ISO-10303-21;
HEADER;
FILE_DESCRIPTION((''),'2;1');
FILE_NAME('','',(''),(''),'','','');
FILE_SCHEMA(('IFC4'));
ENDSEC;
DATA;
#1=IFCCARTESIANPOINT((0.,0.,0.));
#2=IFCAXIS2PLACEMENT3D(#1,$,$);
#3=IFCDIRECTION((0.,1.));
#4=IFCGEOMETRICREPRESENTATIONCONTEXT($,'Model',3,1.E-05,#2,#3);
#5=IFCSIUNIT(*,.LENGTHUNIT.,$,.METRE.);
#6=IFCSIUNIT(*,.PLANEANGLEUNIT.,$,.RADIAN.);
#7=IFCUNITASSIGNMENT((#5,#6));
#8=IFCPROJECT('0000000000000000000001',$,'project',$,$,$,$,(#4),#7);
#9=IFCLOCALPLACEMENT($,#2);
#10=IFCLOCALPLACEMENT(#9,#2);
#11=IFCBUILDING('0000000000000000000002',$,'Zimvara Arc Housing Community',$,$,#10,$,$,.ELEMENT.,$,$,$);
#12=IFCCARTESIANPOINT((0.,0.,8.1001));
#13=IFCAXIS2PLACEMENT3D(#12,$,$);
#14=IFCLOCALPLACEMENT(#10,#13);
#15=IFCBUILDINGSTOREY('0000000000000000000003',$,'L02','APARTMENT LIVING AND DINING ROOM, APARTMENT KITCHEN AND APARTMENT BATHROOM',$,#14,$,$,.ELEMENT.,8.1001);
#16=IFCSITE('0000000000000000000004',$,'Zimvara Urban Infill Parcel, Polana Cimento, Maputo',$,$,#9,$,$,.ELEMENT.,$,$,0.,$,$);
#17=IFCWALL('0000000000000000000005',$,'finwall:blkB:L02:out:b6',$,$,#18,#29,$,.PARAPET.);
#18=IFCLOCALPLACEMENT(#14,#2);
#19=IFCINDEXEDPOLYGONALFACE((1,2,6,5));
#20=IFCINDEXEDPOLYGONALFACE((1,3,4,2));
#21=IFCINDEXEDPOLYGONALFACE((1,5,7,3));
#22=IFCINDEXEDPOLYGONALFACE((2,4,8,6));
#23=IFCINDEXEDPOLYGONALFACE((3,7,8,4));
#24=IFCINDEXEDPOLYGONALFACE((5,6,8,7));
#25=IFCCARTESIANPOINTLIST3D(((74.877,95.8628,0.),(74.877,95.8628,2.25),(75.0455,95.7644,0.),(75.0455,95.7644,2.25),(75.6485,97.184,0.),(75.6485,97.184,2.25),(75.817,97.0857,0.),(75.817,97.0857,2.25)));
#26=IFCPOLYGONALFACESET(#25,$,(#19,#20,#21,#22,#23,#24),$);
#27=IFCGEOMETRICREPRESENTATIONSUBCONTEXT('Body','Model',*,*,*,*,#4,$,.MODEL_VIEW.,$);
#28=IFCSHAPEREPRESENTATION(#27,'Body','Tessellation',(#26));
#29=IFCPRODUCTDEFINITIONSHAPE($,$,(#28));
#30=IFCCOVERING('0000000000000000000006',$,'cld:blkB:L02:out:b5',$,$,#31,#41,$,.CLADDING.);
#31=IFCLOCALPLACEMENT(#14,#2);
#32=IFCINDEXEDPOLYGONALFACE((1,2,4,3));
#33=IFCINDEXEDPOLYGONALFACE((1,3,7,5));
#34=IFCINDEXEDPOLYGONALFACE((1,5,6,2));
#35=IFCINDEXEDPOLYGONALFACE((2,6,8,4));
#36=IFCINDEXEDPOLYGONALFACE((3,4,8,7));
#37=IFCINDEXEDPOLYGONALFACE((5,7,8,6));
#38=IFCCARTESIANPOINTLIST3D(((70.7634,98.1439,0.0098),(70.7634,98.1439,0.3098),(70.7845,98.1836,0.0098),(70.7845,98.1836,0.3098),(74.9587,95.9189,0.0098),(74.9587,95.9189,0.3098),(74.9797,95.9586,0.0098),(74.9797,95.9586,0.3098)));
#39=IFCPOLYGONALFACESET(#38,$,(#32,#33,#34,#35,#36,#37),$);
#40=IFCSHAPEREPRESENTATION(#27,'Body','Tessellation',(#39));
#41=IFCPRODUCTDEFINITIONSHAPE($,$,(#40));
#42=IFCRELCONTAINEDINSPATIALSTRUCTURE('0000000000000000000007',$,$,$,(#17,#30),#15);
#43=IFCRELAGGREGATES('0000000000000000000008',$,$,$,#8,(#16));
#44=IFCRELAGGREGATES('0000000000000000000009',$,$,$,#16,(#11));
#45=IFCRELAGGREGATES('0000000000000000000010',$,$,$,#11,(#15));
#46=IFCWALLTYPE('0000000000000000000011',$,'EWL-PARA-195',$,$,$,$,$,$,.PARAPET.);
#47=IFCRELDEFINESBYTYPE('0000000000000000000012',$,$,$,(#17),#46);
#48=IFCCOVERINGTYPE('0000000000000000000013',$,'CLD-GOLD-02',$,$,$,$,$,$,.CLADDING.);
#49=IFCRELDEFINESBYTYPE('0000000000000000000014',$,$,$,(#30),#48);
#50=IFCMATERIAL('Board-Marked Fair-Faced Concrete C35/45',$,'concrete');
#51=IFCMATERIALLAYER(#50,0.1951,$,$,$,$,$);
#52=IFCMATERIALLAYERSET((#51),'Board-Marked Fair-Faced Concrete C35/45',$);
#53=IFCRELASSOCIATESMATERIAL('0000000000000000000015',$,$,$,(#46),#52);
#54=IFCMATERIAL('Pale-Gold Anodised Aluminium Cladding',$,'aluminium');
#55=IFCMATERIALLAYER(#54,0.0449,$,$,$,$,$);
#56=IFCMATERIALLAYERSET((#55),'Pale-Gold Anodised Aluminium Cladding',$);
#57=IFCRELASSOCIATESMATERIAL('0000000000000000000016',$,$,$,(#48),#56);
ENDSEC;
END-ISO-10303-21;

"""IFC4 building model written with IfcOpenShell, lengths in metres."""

from ifc_helpers import new_model, si_unit, direction, frame, frame_2d, origin, origin_2d, place, context, subcontext, project, spatial, rectangle, extrude, material, layer, layer_set, type_object, element, save


model = new_model("IFC4")

# Units and contexts
model_context = context("Model", 3, precision=1e-05, world=origin(), true_north=direction((0.0, 1.0)))
body_context = subcontext(model_context, "Body", "Model", "MODEL_VIEW")
ifc_project = project(units=[si_unit("LENGTHUNIT", "METRE"), si_unit("PLANEANGLEUNIT", "RADIAN")], contexts=[model_context])

# Site, building, storey
site_placement = place(None, origin())
site = spatial("IfcSite", under=ifc_project, at=site_placement, Name="Zimvara Urban Infill Parcel, Polana Cimento, Maputo", CompositionType="ELEMENT", RefElevation=0.0)
building_placement = place(site_placement, origin())
building = spatial("IfcBuilding", under=site, at=building_placement, Name="Zimvara Arc Housing Community", CompositionType="ELEMENT")
storey_placement = place(building_placement, frame((0.0, 0.0, 8.1001)))
storey = spatial("IfcBuildingStorey", under=building, at=storey_placement, Name="L02", Description="APARTMENT LIVING AND DINING ROOM, APARTMENT KITCHEN AND APARTMENT BATHROOM", CompositionType="ELEMENT", Elevation=8.1001)

# Wall
ifc_material_1 = material(Name="Board-Marked Fair-Faced Concrete C35/45", Category="concrete")
ifc_layer_1 = layer(ifc_material_1, 0.1951)
ifc_layer_set_1 = layer_set([ifc_layer_1], Name="Board-Marked Fair-Faced Concrete C35/45")
wall_type_1 = type_object("IfcWallType", Name="EWL-PARA-195", PredefinedType="PARAPET", material=ifc_layer_set_1)
wall_1_placement = place(storey_placement, frame((74.9612, 95.8135, 0.0), z_axis=(0.0, 0.0, 1.0), x_axis=(0.504228, 0.86357, 0.0)))
element("IfcWall", 1, at=wall_1_placement, inside=storey, type_object=wall_type_1, Name="finwall:blkB:L02:out:b6", PredefinedType="PARAPET", context=body_context, shape_type="SweptSolid", body=[
    extrude(rectangle(XDim=1.53, YDim=0.1951, at=frame_2d((0.7651, 0.0))), origin(), (0.0, 0.0, 1.0), 2.25),
])

# Covering
ifc_material_2 = material(Name="Pale-Gold Anodised Aluminium Cladding", Category="aluminium")
ifc_layer_2 = layer(ifc_material_2, 0.0449)
ifc_layer_set_2 = layer_set([ifc_layer_2], Name="Pale-Gold Anodised Aluminium Cladding")
covering_type = type_object("IfcCoveringType", Name="CLD-GOLD-02", PredefinedType="CLADDING", material=ifc_layer_set_2)
covering_placement = place(storey_placement, frame((72.8716, 97.0513, 0.0098), z_axis=(0.0, 0.0, 1.0), x_axis=(0.883439, -0.468547, 0.0)))
element("IfcCovering", 2, at=covering_placement, inside=storey, type_object=covering_type, Name="cld:blkB:L02:out:b5", PredefinedType="CLADDING", context=body_context, shape_type="SweptSolid", body=[
    extrude(rectangle(XDim=4.7488, YDim=0.0449, at=origin_2d()), origin(), (0.0, 0.0, 1.0), 0.3),
])

save(model, "model.ifc")
